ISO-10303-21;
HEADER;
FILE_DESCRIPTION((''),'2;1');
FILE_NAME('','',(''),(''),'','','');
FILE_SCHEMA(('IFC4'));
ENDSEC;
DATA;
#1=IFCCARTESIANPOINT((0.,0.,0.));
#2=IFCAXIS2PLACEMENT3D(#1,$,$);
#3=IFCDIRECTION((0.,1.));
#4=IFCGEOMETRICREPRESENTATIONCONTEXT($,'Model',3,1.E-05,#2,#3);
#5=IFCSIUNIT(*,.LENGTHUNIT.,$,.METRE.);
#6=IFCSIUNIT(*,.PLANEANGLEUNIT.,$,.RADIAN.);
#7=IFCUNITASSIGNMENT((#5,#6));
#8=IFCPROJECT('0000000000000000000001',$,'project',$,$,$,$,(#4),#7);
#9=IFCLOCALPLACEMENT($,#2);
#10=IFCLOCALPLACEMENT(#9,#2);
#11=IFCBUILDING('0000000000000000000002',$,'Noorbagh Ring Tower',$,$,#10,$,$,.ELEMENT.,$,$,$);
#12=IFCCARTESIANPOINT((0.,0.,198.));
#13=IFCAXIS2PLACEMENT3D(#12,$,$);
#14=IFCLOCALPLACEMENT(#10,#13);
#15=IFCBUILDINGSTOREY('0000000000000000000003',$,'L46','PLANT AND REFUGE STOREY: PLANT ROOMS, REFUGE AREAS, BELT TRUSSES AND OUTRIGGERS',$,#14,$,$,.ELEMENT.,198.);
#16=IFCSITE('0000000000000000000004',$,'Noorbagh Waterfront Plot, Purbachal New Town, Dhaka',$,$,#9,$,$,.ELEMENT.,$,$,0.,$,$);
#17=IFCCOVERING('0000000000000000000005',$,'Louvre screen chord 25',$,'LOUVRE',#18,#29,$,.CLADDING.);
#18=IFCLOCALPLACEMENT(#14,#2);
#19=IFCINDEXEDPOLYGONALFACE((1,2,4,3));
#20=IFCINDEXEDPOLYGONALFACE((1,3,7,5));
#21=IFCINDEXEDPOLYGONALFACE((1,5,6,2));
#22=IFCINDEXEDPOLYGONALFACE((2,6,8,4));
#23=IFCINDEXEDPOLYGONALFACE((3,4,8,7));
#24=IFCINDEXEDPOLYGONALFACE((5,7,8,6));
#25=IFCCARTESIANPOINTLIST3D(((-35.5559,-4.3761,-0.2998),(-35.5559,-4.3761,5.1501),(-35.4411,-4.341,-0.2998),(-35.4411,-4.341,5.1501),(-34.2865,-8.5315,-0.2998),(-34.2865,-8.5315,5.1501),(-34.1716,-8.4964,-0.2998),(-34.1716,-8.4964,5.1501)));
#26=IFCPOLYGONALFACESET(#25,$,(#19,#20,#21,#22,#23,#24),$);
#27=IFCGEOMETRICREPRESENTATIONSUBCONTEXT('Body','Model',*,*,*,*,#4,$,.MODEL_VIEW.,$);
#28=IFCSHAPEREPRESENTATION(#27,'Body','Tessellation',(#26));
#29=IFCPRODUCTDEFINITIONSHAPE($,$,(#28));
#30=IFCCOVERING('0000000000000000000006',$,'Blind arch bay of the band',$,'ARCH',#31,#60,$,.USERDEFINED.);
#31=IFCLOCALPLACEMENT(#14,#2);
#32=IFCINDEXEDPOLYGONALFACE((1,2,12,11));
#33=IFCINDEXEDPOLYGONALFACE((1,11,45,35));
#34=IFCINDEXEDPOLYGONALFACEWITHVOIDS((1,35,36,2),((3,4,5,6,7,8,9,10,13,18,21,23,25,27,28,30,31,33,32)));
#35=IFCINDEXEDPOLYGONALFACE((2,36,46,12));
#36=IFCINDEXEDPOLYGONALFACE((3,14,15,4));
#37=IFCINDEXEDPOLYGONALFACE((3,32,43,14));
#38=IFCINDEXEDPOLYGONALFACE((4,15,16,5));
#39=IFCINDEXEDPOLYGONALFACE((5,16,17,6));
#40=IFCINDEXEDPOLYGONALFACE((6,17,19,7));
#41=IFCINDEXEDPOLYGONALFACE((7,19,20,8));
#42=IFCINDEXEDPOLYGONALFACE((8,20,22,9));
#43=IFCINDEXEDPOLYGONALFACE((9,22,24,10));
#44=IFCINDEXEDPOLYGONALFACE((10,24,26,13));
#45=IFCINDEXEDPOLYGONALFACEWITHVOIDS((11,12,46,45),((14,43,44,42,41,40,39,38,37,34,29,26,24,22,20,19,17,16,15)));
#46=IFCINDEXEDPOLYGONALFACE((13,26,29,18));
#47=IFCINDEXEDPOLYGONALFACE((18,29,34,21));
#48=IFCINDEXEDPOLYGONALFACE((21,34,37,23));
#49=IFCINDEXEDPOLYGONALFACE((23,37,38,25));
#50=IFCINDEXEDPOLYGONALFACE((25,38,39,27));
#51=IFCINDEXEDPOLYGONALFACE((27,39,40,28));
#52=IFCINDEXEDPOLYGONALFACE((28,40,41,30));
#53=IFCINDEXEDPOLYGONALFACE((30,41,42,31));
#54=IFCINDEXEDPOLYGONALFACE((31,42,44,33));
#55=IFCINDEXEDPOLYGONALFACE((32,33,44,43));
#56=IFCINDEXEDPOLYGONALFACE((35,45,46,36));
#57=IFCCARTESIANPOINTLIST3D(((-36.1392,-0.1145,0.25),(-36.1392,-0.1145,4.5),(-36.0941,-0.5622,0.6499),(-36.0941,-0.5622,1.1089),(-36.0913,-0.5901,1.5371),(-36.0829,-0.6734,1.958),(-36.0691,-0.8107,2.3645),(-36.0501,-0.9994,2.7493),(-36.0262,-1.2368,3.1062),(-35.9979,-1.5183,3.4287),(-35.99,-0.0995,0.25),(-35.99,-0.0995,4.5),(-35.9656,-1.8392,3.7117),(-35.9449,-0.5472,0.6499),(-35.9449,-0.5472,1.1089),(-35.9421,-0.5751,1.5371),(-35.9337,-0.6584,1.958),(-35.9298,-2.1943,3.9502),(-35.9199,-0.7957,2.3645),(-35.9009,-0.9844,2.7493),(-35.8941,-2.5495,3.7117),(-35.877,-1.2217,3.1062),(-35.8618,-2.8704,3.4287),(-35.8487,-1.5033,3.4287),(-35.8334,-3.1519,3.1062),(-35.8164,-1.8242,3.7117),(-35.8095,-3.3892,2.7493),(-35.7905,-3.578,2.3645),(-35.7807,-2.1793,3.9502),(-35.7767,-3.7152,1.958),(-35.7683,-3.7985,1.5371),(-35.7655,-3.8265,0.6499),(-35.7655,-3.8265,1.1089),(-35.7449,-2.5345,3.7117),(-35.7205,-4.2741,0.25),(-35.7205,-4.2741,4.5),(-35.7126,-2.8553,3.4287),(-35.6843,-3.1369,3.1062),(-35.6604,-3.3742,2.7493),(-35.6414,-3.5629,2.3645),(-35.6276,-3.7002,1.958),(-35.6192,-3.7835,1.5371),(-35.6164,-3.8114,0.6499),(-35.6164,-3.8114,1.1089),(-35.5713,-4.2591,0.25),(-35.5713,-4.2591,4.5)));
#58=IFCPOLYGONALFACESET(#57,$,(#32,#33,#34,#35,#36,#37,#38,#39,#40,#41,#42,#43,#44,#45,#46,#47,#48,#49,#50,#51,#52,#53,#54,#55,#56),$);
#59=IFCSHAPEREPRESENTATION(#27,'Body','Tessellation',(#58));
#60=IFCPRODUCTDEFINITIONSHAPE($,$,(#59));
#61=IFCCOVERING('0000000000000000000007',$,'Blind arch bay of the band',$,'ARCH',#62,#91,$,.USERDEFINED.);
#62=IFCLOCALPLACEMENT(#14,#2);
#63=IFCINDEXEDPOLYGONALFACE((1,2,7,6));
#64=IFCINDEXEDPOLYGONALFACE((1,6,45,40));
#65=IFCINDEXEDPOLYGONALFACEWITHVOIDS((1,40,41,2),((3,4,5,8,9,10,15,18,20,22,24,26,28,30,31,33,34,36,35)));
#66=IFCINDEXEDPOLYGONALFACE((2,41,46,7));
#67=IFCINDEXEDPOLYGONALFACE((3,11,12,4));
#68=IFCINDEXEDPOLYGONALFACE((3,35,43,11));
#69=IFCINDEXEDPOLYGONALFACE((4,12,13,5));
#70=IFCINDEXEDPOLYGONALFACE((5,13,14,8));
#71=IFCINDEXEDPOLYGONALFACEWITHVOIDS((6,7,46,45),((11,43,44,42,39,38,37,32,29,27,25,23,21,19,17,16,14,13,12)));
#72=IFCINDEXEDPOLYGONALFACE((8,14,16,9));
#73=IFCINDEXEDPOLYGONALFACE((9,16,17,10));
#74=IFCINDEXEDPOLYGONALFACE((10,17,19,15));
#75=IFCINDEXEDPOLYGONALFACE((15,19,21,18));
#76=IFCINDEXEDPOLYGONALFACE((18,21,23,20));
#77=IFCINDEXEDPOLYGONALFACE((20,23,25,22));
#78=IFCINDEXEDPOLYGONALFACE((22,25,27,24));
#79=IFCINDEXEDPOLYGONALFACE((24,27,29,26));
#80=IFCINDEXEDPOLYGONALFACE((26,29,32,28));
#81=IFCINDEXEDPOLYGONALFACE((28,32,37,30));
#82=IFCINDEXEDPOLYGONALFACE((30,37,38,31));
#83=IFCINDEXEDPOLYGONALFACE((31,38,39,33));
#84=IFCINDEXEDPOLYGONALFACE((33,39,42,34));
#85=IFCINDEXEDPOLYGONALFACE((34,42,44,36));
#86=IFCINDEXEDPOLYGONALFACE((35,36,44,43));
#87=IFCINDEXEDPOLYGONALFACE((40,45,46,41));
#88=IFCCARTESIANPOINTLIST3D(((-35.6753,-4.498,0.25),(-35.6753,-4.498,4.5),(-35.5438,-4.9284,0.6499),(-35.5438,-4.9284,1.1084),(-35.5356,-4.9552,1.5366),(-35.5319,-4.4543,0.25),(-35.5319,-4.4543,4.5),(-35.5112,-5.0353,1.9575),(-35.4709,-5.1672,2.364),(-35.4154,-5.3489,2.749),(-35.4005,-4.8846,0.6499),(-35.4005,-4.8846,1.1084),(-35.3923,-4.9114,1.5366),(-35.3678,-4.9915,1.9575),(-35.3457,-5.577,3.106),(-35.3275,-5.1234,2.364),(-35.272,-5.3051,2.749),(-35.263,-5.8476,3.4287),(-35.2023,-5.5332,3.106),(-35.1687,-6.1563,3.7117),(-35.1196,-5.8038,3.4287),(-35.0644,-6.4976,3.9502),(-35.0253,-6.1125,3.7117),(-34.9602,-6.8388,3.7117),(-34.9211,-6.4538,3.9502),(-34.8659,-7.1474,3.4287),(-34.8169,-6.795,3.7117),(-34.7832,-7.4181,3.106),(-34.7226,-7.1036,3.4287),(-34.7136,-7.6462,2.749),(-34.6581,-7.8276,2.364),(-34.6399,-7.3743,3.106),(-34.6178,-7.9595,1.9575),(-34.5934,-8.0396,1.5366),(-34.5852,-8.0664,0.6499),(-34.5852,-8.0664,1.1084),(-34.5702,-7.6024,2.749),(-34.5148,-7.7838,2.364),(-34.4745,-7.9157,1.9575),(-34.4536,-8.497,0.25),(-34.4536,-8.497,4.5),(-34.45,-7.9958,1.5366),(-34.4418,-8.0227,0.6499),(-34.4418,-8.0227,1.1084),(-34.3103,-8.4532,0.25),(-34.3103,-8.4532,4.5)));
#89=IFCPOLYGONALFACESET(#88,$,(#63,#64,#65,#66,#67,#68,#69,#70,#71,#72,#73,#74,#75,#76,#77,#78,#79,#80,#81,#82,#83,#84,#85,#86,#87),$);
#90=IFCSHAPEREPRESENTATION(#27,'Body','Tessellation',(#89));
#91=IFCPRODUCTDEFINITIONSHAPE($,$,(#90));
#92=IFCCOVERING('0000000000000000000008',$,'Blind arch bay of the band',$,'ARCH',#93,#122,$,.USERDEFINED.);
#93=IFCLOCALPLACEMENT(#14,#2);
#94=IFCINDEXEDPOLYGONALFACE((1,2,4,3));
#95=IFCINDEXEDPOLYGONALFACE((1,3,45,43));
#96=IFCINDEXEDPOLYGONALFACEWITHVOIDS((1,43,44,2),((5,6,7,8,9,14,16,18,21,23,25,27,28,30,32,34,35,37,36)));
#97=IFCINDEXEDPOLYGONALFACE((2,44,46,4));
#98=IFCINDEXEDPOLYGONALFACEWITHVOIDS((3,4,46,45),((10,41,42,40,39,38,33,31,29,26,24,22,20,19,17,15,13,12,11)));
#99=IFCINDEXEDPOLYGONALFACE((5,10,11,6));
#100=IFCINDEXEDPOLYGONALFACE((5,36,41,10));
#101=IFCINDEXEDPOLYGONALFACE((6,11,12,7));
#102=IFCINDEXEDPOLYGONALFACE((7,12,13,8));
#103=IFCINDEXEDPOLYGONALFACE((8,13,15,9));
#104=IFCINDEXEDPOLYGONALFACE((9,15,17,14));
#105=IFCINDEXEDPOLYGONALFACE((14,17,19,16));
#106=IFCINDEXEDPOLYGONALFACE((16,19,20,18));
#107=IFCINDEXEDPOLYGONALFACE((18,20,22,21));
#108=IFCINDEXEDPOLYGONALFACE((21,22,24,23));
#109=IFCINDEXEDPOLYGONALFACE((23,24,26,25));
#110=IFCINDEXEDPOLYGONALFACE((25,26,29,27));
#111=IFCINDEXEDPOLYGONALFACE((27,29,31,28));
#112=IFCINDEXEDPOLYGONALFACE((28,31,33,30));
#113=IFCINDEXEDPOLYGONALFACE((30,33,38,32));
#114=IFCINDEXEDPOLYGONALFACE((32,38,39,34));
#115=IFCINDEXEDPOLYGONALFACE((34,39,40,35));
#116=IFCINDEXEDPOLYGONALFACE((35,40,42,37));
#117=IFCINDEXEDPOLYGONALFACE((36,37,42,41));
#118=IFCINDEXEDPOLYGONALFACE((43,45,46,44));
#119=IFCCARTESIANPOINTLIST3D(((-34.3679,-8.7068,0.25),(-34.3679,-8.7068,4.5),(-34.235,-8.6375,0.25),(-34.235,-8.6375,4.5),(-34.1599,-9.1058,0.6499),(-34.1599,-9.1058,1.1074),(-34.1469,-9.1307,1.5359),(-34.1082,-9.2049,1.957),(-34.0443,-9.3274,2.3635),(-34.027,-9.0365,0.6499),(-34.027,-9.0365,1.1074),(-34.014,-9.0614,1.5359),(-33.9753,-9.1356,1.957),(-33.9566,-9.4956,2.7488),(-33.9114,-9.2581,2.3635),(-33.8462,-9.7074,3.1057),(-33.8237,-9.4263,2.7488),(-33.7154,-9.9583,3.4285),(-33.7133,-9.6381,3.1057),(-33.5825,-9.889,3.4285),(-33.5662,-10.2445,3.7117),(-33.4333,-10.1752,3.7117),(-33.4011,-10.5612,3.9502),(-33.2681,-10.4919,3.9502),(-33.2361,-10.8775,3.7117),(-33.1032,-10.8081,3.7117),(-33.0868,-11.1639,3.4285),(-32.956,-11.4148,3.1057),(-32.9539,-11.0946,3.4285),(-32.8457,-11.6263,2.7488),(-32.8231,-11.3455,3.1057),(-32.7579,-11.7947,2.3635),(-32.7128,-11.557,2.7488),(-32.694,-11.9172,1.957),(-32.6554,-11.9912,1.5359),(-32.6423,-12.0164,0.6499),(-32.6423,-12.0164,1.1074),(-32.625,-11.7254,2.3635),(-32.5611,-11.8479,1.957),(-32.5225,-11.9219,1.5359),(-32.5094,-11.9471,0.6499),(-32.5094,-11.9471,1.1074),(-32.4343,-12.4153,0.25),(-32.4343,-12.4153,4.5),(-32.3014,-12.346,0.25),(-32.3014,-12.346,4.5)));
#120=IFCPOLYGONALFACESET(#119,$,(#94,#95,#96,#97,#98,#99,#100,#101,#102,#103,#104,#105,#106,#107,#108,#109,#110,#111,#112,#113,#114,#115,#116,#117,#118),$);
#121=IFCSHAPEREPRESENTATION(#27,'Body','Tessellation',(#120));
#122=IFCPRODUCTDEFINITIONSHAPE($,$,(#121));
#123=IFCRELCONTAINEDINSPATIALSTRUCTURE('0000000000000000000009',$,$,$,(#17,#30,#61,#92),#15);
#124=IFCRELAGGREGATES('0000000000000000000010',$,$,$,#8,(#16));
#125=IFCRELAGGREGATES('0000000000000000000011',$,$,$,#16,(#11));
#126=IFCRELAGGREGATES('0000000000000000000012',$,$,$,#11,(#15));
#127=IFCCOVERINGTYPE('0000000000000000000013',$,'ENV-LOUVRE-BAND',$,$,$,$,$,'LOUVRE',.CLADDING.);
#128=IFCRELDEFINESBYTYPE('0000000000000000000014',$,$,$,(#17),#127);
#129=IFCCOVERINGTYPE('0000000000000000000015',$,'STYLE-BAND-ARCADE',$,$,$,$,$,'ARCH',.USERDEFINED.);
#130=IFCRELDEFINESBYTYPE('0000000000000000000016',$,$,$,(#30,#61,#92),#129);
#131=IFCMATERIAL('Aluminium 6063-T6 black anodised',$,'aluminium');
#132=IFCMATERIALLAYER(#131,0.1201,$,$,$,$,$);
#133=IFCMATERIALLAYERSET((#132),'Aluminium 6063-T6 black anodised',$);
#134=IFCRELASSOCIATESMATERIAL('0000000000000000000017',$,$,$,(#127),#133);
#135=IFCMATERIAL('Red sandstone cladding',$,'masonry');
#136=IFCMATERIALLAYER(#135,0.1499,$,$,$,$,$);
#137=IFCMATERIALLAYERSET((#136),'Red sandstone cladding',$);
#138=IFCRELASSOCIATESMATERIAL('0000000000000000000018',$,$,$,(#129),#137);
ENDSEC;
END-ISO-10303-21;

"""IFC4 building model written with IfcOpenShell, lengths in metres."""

from ifc_helpers import new_model, si_unit, direction, frame, origin, origin_2d, place, context, subcontext, project, spatial, polyline, rectangle, outline, extrude, material, layer, layer_set, type_object, element, save


model = new_model("IFC4")

# Units and contexts
model_context = context("Model", 3, precision=1e-05, world=origin(), true_north=direction((0.0, 1.0)))
body_context = subcontext(model_context, "Body", "Model", "MODEL_VIEW")
ifc_project = project(units=[si_unit("LENGTHUNIT", "METRE"), si_unit("PLANEANGLEUNIT", "RADIAN")], contexts=[model_context])

# Site, building, storey
site_placement = place(None, origin())
site = spatial("IfcSite", under=ifc_project, at=site_placement, Name="Noorbagh Waterfront Plot, Purbachal New Town, Dhaka", CompositionType="ELEMENT", RefElevation=0.0)
building_placement = place(site_placement, origin())
building = spatial("IfcBuilding", under=site, at=building_placement, Name="Noorbagh Ring Tower", CompositionType="ELEMENT")
storey_placement = place(building_placement, frame((0.0, 0.0, 198.0)))
storey = spatial("IfcBuildingStorey", under=building, at=storey_placement, Name="L46", Description="PLANT AND REFUGE STOREY: PLANT ROOMS, REFUGE AREAS, BELT TRUSSES AND OUTRIGGERS", CompositionType="ELEMENT", Elevation=198.0)

# Coverings
ifc_material_1 = material(Name="Aluminium 6063-T6 black anodised", Category="aluminium")
ifc_layer_1 = layer(ifc_material_1, 0.1201)
ifc_layer_set_1 = layer_set([ifc_layer_1], Name="Aluminium 6063-T6 black anodised")
covering_type_1 = type_object("IfcCoveringType", Name="ENV-LOUVRE-BAND", ElementType="LOUVRE", PredefinedType="CLADDING", material=ifc_layer_set_1)
covering_1_placement = place(storey_placement, frame((-34.8638, -6.4363, -0.2998), z_axis=(0.0, 0.0, 1.0), x_axis=(0.29217, -0.956366, 0.0)))
element("IfcCovering", 1, at=covering_1_placement, inside=storey, type_object=covering_type_1, Name="Louvre screen chord 25", ObjectType="LOUVRE", PredefinedType="CLADDING", context=body_context, shape_type="SweptSolid", body=[
    extrude(rectangle(XDim=4.345, YDim=0.1201, at=origin_2d()), origin(), (0.0, 0.0, 1.0), 5.45),
])
ifc_material_2 = material(Name="Red sandstone cladding", Category="masonry")
ifc_layer_2 = layer(ifc_material_2, 0.1499)
ifc_layer_set_2 = layer_set([ifc_layer_2], Name="Red sandstone cladding")
covering_type_2 = type_object("IfcCoveringType", Name="STYLE-BAND-ARCADE", ElementType="ARCH", PredefinedType="USERDEFINED", material=ifc_layer_set_2)
covering_2_placement = place(storey_placement, frame((-36.1392, -0.1145, 0.25), z_axis=(-0.994972, -0.100151, 0.0), x_axis=(0.100151, -0.994972, 0.0)))
element("IfcCovering", 2, at=covering_2_placement, inside=storey, type_object=covering_type_2, Name="Blind arch bay of the band", ObjectType="ARCH", PredefinedType="USERDEFINED", context=body_context, shape_type="SweptSolid", body=[
    extrude(outline(polyline([(0.0, 0.0), (4.1807, 0.0), (4.1807, 4.25), (0.0, 4.25), (0.0, 0.0)]), holes=[polyline([(0.45, 0.3999), (0.45, 0.8589), (0.478, 1.2871), (0.5618, 1.708), (0.6997, 2.1145), (0.8894, 2.4993), (1.1279, 2.8562), (1.4109, 3.1787), (1.7334, 3.4617), (2.0903, 3.7002), (2.4473, 3.4617), (2.7698, 3.1787), (3.0527, 2.8562), (3.2913, 2.4993), (3.481, 2.1145), (3.6189, 1.708), (3.7026, 1.2871), (3.7307, 0.8589), (3.7307, 0.3999), (0.45, 0.3999)])]), origin(), (0.0, 0.0, -1.0), 0.1499),
])
covering_3_placement = place(storey_placement, frame((-35.6753, -4.498, 0.25), z_axis=(-0.956368, -0.292165, 0.0), x_axis=(0.292165, -0.956368, 0.0)))
element("IfcCovering", 3, at=covering_3_placement, inside=storey, type_object=covering_type_2, Name="Blind arch bay of the band", ObjectType="ARCH", PredefinedType="USERDEFINED", context=body_context, shape_type="SweptSolid", body=[
    extrude(outline(polyline([(0.0, 0.0), (4.1814, 0.0), (4.1814, 4.25), (0.0, 4.25), (0.0, 0.0)]), holes=[polyline([(0.45, 0.3999), (0.45, 0.8584), (0.478, 1.2866), (0.5618, 1.7075), (0.6997, 2.114), (0.8896, 2.499), (1.1282, 2.856), (1.4111, 3.1787), (1.7339, 3.4617), (2.0908, 3.7002), (2.4475, 3.4617), (2.7703, 3.1787), (3.0532, 2.856), (3.2917, 2.499), (3.4814, 2.114), (3.6194, 1.7075), (3.7031, 1.2866), (3.7312, 0.8584), (3.7312, 0.3999), (0.45, 0.3999)])]), origin(), (0.0, 0.0, -1.0), 0.1499),
])
covering_4_placement = place(storey_placement, frame((-34.3679, -8.7068, 0.25), z_axis=(-0.88671, -0.462327, 0.0), x_axis=(0.462327, -0.88671, 0.0)))
element("IfcCovering", 4, at=covering_4_placement, inside=storey, type_object=covering_type_2, Name="Blind arch bay of the band", ObjectType="ARCH", PredefinedType="USERDEFINED", context=body_context, shape_type="SweptSolid", body=[
    extrude(outline(polyline([(0.0, 0.0), (4.1824, 0.0), (4.1824, 4.25), (0.0, 4.25), (0.0, 0.0)]), holes=[polyline([(0.45, 0.3999), (0.45, 0.8574), (0.478, 1.2859), (0.5618, 1.707), (0.7, 2.1135), (0.8896, 2.4988), (1.1284, 2.8557), (1.4114, 3.1785), (1.7341, 3.4617), (2.0913, 3.7002), (2.448, 3.4617), (2.771, 3.1785), (3.054, 2.8557), (3.2925, 2.4988), (3.4824, 2.1135), (3.6206, 1.707), (3.7041, 1.2859), (3.7324, 0.8574), (3.7324, 0.3999), (0.45, 0.3999)])]), origin(), (0.0, 0.0, -1.0), 0.1499),
])

save(model, "model.ifc")
